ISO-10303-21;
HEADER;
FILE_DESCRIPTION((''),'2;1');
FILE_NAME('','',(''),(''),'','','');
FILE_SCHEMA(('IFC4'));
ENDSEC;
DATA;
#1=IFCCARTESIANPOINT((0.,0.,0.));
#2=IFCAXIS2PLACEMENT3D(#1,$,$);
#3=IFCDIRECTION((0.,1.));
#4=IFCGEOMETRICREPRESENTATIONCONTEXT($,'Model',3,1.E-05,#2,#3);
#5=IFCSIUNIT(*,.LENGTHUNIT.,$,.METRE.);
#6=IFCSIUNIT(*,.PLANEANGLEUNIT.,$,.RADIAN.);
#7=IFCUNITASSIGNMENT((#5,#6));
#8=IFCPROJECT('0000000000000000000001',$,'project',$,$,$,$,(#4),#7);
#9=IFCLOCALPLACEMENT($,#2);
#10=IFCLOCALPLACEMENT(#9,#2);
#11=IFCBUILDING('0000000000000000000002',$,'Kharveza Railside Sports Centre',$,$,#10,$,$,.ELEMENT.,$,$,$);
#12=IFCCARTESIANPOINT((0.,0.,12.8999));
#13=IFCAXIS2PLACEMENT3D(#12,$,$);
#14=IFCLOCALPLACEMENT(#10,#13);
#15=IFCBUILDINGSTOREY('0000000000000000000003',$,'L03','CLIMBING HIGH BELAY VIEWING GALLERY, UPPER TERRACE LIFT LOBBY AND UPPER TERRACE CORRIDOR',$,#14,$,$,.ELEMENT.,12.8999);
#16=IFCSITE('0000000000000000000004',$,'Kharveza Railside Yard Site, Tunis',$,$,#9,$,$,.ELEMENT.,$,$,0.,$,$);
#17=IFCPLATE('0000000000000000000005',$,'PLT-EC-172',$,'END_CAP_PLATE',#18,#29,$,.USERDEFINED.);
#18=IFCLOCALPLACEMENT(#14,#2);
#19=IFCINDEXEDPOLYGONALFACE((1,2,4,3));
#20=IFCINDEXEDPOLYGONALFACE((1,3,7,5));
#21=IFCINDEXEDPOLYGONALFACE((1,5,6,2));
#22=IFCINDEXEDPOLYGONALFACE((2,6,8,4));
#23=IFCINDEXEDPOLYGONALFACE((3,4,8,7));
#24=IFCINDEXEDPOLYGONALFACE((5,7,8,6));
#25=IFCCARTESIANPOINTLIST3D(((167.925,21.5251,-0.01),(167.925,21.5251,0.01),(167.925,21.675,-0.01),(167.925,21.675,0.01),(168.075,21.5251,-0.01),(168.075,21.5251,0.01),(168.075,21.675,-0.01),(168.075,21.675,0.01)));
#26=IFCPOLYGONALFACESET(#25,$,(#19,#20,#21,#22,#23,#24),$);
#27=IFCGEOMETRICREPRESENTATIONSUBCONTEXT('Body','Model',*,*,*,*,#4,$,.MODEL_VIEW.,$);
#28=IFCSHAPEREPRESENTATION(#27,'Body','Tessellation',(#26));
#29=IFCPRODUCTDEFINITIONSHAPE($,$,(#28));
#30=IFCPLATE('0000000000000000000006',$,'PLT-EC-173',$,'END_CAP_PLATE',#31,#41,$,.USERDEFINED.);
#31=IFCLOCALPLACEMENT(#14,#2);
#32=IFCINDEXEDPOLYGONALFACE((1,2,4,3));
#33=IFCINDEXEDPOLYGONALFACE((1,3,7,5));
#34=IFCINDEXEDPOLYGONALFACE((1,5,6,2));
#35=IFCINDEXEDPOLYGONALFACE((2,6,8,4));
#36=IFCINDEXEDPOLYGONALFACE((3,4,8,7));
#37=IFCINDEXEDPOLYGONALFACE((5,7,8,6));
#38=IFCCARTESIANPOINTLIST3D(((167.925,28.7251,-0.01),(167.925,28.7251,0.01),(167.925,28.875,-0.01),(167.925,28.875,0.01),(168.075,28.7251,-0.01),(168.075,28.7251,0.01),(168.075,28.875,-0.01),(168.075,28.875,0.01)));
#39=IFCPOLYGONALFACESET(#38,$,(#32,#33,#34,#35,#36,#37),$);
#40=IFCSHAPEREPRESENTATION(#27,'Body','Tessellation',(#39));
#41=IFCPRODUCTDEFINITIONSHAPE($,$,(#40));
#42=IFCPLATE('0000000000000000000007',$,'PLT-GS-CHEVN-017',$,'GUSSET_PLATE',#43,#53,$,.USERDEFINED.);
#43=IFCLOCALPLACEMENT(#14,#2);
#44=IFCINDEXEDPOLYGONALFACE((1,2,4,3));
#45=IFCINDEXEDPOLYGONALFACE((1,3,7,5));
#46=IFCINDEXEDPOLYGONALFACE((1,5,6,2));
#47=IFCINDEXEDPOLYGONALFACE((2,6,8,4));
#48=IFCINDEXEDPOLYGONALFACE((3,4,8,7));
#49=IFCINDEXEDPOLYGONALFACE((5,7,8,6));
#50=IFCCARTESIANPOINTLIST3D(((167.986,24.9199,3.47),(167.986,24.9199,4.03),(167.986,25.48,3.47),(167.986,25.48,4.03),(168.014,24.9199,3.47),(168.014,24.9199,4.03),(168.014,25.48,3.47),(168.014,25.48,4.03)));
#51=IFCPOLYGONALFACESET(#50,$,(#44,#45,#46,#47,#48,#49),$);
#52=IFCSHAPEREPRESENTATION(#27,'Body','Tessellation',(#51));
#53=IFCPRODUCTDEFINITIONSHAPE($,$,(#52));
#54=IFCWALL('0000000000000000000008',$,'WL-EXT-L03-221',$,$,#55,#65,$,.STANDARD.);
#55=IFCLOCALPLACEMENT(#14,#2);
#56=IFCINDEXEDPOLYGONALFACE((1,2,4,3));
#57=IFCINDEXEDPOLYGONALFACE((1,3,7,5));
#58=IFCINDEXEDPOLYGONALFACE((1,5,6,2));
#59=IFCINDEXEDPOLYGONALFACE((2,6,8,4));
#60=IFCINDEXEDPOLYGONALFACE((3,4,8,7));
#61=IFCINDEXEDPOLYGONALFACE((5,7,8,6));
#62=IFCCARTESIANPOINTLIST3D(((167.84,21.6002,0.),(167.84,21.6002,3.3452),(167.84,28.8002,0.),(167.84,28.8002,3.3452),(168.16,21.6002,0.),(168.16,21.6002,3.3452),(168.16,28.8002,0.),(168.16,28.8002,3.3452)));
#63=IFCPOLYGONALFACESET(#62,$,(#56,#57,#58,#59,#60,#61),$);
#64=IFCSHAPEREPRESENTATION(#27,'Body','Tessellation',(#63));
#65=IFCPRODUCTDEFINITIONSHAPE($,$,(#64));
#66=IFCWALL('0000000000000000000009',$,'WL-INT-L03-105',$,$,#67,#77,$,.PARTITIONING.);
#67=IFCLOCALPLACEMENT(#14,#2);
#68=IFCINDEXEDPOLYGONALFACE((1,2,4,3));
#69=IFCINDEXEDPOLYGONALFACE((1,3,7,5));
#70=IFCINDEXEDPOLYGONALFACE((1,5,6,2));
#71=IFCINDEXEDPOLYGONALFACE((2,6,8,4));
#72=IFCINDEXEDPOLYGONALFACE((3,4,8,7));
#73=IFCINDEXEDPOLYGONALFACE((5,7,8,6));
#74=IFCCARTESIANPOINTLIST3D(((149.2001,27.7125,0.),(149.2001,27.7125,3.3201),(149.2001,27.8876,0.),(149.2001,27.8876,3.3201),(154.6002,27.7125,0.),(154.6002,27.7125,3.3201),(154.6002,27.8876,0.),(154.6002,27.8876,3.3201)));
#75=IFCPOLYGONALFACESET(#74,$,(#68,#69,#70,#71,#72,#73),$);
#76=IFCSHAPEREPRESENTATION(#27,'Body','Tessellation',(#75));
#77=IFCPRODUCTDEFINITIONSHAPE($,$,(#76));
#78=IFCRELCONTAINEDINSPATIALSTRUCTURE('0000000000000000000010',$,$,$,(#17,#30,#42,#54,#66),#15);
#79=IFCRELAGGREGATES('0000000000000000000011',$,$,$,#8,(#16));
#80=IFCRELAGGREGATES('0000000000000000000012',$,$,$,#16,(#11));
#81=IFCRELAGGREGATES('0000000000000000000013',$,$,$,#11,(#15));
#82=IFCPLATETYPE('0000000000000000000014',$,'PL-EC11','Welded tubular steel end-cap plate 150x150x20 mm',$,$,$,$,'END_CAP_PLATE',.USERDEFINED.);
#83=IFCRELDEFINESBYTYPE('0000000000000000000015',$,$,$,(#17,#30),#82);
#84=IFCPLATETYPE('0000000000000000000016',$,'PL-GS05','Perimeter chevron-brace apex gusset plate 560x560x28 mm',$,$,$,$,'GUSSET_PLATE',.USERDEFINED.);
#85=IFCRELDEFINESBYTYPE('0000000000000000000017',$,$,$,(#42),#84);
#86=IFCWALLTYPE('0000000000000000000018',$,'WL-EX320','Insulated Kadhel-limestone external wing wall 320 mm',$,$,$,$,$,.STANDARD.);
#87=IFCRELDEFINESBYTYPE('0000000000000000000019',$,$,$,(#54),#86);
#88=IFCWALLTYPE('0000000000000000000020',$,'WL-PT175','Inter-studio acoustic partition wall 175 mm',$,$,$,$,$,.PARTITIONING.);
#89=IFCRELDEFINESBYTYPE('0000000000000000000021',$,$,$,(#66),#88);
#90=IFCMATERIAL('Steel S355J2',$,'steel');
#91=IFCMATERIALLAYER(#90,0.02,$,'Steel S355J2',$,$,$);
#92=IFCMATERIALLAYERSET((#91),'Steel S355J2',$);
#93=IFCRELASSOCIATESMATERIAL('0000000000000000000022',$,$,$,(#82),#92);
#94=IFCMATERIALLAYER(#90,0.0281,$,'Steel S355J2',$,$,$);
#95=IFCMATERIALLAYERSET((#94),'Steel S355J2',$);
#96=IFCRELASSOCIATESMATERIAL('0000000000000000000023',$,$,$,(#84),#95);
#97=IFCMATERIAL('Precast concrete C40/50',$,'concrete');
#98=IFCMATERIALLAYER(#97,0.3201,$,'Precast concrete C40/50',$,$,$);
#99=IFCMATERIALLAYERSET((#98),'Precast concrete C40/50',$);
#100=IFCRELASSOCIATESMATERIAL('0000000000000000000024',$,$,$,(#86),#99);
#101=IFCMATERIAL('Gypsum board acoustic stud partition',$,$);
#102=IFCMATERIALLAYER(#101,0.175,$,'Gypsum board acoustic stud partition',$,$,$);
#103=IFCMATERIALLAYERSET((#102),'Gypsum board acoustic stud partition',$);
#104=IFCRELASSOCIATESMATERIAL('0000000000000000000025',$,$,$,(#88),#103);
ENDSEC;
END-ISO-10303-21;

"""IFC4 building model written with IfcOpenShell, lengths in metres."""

from ifc_helpers import new_model, si_unit, direction, frame, frame_2d, origin, origin_2d, place, context, subcontext, project, spatial, rectangle, extrude, material, layer, layer_set, type_object, element, save


model = new_model("IFC4")

# Units and contexts
model_context = context("Model", 3, precision=1e-05, world=origin(), true_north=direction((0.0, 1.0)))
body_context = subcontext(model_context, "Body", "Model", "MODEL_VIEW")
ifc_project = project(units=[si_unit("LENGTHUNIT", "METRE"), si_unit("PLANEANGLEUNIT", "RADIAN")], contexts=[model_context])

# Site, building, storey
site_placement = place(None, origin())
site = spatial("IfcSite", under=ifc_project, at=site_placement, Name="Kharveza Railside Yard Site, Tunis", CompositionType="ELEMENT", RefElevation=0.0)
building_placement = place(site_placement, origin())
building = spatial("IfcBuilding", under=site, at=building_placement, Name="Kharveza Railside Sports Centre", CompositionType="ELEMENT")
storey_placement = place(building_placement, frame((0.0, 0.0, 12.8999)))
storey = spatial("IfcBuildingStorey", under=building, at=storey_placement, Name="L03", Description="CLIMBING HIGH BELAY VIEWING GALLERY, UPPER TERRACE LIFT LOBBY AND UPPER TERRACE CORRIDOR", CompositionType="ELEMENT", Elevation=12.8999)

# Shared definitions
ifc_material_1 = material(Name="Steel S355J2", Category="steel")

# Plates
ifc_layer_1 = layer(ifc_material_1, 0.02, Name="Steel S355J2")
ifc_layer_set_1 = layer_set([ifc_layer_1], Name="Steel S355J2")
plate_type_1 = type_object("IfcPlateType", Name="PL-EC11", Description="Welded tubular steel end-cap plate 150x150x20 mm", ElementType="END_CAP_PLATE", PredefinedType="USERDEFINED", material=ifc_layer_set_1)
for number, where, z_axis, x_axis, name in (
    (1, (168.0, 21.6001, -0.01), (0.0, 0.0, 1.0), (1.0, 0.0, 0.0), "PLT-EC-172"),
    (2, (168.0, 28.8, -0.01), (0.0, 0.0, 1.0), (1.0, 0.0, 0.0), "PLT-EC-173"),
):
    element("IfcPlate", number, at=place(storey_placement, frame(where, z_axis=z_axis, x_axis=x_axis)), inside=storey, type_object=plate_type_1, Name=name, ObjectType="END_CAP_PLATE", PredefinedType="USERDEFINED", context=body_context, shape_type="SweptSolid", body=[
        extrude(rectangle(XDim=0.1499, YDim=0.1499, at=origin_2d()), origin(), (0.0, 0.0, 1.0), 0.02),
    ])
ifc_layer_2 = layer(ifc_material_1, 0.0281, Name="Steel S355J2")
ifc_layer_set_2 = layer_set([ifc_layer_2], Name="Steel S355J2")
plate_type_2 = type_object("IfcPlateType", Name="PL-GS05", Description="Perimeter chevron-brace apex gusset plate 560x560x28 mm", ElementType="GUSSET_PLATE", PredefinedType="USERDEFINED", material=ifc_layer_set_2)
plate_1_placement = place(storey_placement, frame((168.0, 25.2, 3.47), z_axis=(0.0, 0.0, 1.0), x_axis=(1.0, 0.0, 0.0)))
element("IfcPlate", 3, at=plate_1_placement, inside=storey, type_object=plate_type_2, Name="PLT-GS-CHEVN-017", ObjectType="GUSSET_PLATE", PredefinedType="USERDEFINED", context=body_context, shape_type="SweptSolid", body=[
    extrude(rectangle(XDim=0.0281, YDim=0.5601, at=origin_2d()), origin(), (0.0, 0.0, 1.0), 0.5601),
])

# Walls
ifc_material_2 = material(Name="Precast concrete C40/50", Category="concrete")
ifc_layer_3 = layer(ifc_material_2, 0.3201, Name="Precast concrete C40/50")
ifc_layer_set_3 = layer_set([ifc_layer_3], Name="Precast concrete C40/50")
wall_type_1 = type_object("IfcWallType", Name="WL-EX320", Description="Insulated Kadhel-limestone external wing wall 320 mm", PredefinedType="STANDARD", material=ifc_layer_set_3)
wall_1_placement = place(storey_placement, frame((168.0, 21.6001, 0.0), z_axis=(0.0, 0.0, 1.0), x_axis=(0.0, 1.0, 0.0)))
element("IfcWall", 4, at=wall_1_placement, inside=storey, type_object=wall_type_1, Name="WL-EXT-L03-221", PredefinedType="STANDARD", context=body_context, shape_type="SweptSolid", body=[
    extrude(rectangle(XDim=7.2, YDim=0.3201, at=frame_2d((3.6001, 0.0))), origin(), (0.0, 0.0, 1.0), 3.3452),
])
ifc_material_3 = material(Name="Gypsum board acoustic stud partition")
ifc_layer_4 = layer(ifc_material_3, 0.175, Name="Gypsum board acoustic stud partition")
ifc_layer_set_4 = layer_set([ifc_layer_4], Name="Gypsum board acoustic stud partition")
wall_type_2 = type_object("IfcWallType", Name="WL-PT175", Description="Inter-studio acoustic partition wall 175 mm", PredefinedType="PARTITIONING", material=ifc_layer_set_4)
wall_2_placement = place(storey_placement, frame((149.2, 27.8, 0.0), z_axis=(0.0, 0.0, 1.0), x_axis=(1.0, 0.0, 0.0)))
element("IfcWall", 5, at=wall_2_placement, inside=storey, type_object=wall_type_2, Name="WL-INT-L03-105", PredefinedType="PARTITIONING", context=body_context, shape_type="SweptSolid", body=[
    extrude(rectangle(XDim=5.4001, YDim=0.175, at=frame_2d((2.7002, 0.0))), origin(), (0.0, 0.0, 1.0), 3.3201),
])

save(model, "model.ifc")
